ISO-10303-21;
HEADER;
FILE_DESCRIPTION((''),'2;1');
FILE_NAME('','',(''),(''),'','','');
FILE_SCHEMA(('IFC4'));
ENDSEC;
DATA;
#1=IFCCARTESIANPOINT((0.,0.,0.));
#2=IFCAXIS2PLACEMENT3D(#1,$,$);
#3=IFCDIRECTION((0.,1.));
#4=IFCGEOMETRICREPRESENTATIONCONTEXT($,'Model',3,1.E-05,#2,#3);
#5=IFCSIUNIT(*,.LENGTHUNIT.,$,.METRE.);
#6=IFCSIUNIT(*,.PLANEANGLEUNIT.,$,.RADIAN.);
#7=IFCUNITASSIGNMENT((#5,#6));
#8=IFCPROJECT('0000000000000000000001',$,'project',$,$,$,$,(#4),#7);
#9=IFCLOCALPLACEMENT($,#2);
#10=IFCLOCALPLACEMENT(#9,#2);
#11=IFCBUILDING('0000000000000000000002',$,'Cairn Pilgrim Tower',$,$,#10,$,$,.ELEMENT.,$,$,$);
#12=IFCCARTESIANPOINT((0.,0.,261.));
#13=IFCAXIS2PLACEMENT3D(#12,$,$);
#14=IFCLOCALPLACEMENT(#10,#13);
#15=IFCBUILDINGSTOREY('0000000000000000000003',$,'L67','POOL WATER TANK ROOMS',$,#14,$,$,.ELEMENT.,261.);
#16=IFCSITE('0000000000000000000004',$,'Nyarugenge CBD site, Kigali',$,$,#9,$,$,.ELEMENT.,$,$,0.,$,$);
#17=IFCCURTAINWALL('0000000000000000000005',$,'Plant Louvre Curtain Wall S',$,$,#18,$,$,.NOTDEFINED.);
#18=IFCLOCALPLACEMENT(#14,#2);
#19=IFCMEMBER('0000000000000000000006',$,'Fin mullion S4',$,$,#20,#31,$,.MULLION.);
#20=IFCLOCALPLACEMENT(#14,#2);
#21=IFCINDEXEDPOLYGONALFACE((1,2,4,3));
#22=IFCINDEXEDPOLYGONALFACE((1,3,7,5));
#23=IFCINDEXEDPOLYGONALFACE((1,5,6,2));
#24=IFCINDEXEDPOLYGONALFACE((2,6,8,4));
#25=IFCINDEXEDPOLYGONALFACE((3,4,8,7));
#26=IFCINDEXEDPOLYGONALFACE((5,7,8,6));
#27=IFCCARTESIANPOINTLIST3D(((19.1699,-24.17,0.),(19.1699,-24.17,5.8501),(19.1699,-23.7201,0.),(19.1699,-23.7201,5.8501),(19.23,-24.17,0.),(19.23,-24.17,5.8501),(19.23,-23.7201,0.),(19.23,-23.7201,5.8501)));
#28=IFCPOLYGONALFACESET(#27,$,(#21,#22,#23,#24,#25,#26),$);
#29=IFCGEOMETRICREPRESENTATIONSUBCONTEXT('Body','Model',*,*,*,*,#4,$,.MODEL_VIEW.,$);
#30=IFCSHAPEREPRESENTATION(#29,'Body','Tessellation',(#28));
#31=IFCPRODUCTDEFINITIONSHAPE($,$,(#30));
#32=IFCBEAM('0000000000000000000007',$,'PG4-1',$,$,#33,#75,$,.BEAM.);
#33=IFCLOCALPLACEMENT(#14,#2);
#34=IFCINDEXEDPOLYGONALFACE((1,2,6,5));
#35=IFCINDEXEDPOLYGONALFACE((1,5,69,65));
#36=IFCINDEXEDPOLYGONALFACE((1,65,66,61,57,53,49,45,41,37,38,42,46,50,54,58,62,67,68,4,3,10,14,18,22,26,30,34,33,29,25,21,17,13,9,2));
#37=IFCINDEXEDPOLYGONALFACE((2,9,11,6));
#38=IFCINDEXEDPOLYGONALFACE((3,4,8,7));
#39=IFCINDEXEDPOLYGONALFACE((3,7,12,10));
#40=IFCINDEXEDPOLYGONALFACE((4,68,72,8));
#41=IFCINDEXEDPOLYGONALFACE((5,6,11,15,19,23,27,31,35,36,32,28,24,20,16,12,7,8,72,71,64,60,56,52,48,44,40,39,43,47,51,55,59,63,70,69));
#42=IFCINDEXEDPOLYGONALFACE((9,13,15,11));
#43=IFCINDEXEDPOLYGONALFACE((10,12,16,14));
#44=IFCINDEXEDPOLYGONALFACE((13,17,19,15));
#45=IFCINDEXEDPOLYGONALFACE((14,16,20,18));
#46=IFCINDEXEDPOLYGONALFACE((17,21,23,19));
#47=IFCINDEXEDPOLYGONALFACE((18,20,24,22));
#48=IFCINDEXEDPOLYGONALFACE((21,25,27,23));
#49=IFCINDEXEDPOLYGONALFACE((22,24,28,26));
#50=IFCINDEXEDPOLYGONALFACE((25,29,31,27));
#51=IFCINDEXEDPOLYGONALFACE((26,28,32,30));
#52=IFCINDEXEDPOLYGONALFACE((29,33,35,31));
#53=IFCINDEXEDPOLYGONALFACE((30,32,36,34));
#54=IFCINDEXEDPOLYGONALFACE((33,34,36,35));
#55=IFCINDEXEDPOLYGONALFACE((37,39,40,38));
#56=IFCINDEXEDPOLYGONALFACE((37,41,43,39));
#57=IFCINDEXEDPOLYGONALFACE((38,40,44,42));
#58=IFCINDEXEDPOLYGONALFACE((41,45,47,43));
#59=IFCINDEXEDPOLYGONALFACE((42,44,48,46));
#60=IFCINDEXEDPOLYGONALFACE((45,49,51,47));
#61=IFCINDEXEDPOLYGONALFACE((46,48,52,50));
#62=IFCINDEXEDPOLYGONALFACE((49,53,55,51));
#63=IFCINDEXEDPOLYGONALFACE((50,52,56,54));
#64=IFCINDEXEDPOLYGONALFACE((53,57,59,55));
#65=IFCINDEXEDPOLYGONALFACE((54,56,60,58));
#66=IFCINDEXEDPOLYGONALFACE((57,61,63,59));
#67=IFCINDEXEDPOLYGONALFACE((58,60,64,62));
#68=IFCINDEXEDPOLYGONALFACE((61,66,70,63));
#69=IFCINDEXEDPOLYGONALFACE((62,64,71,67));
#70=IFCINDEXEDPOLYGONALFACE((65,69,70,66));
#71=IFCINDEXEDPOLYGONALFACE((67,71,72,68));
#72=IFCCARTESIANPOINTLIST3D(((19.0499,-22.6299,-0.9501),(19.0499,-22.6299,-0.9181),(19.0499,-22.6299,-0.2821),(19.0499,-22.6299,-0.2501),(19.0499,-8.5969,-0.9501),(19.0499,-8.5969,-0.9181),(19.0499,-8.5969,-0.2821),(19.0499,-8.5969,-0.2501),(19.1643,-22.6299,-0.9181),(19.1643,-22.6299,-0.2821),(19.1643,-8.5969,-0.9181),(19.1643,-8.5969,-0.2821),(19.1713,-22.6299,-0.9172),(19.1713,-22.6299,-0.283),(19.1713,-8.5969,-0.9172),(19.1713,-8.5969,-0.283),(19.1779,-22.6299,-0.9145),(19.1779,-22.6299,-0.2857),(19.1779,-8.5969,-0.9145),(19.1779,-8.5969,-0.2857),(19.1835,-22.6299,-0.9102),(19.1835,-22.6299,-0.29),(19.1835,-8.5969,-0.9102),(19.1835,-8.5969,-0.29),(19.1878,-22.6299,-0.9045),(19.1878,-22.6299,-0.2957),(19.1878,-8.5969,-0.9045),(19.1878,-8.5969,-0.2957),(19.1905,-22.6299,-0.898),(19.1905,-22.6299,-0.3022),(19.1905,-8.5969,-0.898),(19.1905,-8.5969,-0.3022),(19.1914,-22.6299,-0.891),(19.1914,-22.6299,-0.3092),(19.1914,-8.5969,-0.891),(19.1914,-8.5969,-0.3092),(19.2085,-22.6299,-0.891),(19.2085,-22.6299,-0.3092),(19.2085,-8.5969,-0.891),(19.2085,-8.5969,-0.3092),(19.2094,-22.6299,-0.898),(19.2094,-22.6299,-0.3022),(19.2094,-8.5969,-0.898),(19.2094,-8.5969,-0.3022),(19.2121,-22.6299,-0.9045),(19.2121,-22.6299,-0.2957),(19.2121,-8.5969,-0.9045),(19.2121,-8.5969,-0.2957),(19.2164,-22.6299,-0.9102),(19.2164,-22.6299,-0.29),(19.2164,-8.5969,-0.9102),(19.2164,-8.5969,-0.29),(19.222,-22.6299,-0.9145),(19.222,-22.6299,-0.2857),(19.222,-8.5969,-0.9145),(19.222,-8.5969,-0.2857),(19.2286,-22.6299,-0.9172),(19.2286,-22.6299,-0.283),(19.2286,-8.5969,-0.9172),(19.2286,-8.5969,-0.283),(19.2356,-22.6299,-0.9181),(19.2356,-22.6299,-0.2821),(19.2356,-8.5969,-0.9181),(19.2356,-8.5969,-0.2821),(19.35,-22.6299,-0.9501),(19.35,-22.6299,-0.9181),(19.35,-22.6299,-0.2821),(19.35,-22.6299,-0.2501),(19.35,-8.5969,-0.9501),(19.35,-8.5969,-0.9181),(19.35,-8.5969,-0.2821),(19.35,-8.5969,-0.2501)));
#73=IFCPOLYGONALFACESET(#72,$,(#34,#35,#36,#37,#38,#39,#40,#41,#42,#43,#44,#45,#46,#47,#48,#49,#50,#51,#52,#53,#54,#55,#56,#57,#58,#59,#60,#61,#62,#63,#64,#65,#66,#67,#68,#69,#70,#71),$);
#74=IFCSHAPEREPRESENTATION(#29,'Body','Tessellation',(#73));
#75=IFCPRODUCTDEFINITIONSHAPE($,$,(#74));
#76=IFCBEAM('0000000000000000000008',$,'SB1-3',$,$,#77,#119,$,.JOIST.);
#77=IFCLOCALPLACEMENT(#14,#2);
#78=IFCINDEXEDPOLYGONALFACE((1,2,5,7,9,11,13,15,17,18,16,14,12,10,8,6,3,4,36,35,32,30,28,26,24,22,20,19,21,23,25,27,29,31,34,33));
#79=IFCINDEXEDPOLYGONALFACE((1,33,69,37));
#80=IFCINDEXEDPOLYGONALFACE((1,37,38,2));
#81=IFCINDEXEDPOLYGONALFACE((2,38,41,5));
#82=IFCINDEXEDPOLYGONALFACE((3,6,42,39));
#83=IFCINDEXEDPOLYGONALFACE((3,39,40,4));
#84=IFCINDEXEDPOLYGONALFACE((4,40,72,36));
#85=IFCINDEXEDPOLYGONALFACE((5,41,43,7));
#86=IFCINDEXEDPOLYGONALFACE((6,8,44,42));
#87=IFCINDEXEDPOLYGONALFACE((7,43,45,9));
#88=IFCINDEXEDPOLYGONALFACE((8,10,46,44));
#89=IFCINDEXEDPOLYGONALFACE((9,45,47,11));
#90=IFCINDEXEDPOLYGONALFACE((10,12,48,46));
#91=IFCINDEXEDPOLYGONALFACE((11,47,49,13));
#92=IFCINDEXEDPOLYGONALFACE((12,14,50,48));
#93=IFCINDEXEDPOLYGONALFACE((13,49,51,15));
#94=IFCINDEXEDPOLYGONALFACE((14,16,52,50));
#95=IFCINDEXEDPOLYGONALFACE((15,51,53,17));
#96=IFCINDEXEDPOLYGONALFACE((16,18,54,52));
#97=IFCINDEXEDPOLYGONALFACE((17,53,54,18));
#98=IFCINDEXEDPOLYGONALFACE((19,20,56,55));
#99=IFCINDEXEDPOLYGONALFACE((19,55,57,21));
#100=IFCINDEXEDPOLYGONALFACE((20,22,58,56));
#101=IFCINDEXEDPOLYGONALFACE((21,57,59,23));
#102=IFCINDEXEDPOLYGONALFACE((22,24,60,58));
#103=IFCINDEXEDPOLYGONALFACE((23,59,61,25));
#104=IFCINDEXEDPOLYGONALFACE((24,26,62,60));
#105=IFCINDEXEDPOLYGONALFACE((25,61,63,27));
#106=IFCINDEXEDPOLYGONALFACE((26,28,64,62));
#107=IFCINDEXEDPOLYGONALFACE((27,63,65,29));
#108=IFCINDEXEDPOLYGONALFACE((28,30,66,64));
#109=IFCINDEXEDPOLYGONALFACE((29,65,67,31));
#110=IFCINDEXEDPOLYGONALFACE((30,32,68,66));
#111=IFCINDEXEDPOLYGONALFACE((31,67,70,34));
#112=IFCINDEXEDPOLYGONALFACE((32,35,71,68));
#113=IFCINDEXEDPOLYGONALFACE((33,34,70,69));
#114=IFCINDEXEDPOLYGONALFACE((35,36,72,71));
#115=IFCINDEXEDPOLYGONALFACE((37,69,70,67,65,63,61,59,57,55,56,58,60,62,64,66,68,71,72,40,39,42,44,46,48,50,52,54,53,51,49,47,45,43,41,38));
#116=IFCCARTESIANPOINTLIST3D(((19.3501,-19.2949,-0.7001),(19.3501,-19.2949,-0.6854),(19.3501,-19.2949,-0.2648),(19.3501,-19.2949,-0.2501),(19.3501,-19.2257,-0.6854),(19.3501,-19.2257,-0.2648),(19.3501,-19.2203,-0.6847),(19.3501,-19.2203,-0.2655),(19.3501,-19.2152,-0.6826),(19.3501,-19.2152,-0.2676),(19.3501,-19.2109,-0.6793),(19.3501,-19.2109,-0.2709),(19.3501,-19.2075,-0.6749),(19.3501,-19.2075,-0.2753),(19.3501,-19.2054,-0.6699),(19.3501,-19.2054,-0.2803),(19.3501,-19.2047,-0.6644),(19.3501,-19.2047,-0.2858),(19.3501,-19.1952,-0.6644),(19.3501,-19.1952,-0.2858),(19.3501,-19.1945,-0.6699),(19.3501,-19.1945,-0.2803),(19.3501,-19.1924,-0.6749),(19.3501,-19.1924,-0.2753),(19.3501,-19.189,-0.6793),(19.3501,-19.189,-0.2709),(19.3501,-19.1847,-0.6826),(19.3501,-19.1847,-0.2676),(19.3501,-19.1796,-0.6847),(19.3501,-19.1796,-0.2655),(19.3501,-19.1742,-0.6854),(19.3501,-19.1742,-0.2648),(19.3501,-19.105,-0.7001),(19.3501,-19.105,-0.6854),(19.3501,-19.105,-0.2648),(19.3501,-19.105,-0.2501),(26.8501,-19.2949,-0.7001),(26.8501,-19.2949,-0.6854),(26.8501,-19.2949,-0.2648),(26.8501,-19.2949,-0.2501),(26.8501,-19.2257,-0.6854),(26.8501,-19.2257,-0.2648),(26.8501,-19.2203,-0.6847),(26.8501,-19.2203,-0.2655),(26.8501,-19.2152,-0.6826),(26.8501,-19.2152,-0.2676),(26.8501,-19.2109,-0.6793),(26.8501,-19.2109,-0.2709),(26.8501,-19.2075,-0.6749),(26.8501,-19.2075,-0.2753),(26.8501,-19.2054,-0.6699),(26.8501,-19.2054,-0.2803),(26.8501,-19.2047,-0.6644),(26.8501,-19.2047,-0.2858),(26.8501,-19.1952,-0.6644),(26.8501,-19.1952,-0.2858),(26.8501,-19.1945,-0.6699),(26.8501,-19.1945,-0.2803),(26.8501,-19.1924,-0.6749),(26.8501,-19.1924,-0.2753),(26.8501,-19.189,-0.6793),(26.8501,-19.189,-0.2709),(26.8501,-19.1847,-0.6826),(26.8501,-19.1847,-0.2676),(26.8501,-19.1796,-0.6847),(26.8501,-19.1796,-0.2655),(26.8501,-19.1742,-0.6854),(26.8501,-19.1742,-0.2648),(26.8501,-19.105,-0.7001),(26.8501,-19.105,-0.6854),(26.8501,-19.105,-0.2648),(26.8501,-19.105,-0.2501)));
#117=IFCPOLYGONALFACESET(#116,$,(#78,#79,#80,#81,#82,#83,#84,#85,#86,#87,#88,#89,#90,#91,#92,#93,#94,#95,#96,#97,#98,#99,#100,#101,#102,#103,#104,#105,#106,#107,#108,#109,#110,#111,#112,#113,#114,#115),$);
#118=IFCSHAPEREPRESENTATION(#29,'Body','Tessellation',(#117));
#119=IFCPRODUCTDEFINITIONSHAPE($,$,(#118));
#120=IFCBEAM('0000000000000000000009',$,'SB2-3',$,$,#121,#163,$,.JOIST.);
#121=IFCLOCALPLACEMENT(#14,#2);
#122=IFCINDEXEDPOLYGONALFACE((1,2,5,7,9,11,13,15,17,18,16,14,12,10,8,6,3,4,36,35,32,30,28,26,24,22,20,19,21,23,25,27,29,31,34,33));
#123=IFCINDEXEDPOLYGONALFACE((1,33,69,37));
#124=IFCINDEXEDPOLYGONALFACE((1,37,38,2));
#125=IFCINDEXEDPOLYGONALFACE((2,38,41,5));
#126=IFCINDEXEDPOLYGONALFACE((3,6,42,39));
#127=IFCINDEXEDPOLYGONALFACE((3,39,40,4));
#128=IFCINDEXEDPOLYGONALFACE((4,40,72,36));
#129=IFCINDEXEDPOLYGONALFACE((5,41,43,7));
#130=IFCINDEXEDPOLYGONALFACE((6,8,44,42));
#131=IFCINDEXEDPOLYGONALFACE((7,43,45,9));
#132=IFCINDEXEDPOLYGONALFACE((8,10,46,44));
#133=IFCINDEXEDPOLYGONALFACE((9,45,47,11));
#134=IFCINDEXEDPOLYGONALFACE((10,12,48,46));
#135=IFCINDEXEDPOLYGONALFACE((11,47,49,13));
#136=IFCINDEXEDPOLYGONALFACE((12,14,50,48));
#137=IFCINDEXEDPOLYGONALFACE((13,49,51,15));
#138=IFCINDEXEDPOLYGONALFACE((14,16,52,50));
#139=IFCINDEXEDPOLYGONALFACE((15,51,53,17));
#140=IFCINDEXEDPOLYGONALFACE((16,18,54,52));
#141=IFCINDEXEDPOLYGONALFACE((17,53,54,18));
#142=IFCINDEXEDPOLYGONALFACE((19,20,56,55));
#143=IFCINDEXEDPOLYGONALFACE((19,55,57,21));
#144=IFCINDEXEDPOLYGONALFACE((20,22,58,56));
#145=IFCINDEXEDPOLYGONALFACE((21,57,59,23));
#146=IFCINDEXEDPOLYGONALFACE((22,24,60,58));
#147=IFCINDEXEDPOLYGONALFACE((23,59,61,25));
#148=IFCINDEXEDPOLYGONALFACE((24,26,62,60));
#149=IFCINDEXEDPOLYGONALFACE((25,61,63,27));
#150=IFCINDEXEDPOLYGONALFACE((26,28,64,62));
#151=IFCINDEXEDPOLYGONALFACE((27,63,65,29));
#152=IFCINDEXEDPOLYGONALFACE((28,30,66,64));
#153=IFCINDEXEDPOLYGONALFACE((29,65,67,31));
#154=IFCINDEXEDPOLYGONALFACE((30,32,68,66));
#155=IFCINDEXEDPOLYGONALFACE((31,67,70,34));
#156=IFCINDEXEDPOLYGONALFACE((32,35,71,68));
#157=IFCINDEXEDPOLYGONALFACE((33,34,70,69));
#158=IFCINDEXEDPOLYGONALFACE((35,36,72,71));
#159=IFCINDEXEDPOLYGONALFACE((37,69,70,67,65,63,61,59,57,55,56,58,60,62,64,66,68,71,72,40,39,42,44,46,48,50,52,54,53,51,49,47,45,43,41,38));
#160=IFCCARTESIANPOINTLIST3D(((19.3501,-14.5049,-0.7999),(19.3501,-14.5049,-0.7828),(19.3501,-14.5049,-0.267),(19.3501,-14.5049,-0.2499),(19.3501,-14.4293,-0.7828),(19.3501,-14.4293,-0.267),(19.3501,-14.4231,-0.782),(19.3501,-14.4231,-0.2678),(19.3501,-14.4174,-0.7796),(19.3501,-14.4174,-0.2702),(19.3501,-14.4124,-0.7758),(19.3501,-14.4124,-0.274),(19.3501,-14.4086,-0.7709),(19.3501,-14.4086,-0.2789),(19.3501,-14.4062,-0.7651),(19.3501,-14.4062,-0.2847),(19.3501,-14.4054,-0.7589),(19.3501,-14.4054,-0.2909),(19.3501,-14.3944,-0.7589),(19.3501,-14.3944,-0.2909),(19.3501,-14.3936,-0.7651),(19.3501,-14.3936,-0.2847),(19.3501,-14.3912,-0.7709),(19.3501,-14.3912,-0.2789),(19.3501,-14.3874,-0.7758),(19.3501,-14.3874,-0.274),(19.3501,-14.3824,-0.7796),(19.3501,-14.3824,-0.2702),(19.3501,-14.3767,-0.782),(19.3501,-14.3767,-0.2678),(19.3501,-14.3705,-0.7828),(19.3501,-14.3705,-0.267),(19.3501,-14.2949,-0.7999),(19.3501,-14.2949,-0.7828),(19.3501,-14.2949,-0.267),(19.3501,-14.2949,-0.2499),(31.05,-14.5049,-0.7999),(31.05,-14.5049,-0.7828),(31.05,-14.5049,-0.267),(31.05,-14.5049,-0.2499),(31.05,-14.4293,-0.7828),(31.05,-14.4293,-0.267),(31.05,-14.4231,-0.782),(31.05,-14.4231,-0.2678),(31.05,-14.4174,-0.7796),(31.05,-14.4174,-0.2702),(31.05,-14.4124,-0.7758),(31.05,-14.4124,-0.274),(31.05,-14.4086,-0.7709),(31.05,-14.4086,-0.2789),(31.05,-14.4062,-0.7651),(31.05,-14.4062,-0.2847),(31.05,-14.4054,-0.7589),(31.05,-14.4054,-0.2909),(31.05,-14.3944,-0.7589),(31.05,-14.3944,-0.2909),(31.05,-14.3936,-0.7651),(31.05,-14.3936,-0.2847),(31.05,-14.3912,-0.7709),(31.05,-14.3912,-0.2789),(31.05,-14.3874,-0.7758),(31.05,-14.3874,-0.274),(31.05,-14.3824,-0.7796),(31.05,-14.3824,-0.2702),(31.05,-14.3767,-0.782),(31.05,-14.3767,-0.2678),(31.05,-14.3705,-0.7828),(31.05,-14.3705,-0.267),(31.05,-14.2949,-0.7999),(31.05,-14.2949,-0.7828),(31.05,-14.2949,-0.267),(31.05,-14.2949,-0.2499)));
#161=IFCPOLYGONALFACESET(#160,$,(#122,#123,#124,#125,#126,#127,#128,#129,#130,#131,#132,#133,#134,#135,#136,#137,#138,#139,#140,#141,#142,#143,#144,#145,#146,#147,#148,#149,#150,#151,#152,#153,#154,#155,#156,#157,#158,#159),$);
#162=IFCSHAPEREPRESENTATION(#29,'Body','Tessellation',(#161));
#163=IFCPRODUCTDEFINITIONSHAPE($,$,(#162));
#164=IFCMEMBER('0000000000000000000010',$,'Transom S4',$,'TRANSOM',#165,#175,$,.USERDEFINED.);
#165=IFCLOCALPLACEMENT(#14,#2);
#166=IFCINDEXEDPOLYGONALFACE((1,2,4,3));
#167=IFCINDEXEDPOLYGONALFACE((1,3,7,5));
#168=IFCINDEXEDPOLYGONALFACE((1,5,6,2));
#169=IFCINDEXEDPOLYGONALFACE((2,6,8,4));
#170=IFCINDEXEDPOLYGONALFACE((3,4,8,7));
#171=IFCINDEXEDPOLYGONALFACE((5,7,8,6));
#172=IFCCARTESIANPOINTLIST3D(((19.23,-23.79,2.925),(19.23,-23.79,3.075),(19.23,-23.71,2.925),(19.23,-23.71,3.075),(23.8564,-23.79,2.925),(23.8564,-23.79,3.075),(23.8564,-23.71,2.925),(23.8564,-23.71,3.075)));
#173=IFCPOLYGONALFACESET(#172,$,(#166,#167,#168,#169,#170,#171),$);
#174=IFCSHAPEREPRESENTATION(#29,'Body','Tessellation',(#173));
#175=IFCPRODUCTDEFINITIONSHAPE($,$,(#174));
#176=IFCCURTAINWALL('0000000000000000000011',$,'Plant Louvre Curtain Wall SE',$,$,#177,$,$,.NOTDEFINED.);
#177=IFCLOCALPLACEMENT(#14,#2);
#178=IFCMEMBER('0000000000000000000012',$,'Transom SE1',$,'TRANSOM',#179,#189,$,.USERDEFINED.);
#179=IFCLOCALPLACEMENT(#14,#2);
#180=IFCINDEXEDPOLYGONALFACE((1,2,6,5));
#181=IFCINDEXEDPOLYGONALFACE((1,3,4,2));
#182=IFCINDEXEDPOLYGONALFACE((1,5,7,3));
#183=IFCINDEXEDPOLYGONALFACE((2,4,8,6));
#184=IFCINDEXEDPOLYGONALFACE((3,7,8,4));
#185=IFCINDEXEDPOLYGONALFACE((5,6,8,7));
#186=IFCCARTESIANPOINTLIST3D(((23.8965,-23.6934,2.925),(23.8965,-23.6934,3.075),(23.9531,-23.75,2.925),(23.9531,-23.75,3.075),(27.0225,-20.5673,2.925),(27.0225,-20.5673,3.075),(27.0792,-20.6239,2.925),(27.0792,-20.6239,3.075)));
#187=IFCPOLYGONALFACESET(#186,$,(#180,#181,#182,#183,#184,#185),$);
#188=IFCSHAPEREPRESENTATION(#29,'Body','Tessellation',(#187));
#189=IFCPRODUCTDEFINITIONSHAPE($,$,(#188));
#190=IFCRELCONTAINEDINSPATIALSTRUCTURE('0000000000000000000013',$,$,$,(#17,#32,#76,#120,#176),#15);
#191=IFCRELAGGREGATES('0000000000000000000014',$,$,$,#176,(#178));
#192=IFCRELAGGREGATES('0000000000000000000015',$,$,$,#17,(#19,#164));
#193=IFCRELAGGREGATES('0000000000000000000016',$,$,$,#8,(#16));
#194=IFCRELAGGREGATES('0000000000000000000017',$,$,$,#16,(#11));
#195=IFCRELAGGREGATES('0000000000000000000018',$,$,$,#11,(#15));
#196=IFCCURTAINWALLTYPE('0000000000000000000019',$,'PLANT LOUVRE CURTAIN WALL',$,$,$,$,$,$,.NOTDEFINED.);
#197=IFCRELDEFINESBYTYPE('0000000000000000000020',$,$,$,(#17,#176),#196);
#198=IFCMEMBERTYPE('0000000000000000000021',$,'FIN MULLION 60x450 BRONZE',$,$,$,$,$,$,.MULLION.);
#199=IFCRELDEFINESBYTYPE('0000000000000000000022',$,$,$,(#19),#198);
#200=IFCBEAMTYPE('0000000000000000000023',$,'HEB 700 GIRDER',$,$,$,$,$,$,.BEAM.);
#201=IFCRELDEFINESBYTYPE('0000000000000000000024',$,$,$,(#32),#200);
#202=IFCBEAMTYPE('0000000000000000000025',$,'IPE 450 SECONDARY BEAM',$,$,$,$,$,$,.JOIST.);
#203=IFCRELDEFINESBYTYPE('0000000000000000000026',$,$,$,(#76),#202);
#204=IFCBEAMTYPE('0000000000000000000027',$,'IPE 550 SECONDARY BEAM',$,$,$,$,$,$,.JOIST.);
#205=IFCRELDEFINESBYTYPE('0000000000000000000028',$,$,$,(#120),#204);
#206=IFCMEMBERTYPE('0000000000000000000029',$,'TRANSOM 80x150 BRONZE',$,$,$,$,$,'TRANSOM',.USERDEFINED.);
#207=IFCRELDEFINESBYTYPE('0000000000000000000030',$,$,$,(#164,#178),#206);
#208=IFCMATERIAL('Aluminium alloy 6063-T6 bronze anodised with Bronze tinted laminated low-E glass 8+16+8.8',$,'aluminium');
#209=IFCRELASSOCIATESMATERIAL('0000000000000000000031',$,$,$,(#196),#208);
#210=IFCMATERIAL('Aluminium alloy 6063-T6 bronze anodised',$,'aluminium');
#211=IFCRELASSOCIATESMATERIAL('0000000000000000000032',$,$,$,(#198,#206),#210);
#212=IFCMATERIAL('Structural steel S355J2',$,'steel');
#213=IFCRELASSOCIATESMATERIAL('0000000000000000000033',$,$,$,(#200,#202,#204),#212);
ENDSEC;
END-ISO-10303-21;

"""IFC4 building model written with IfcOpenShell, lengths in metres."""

from ifc_helpers import new_model, si_unit, direction, frame, origin, origin_2d, place, context, subcontext, project, spatial, rectangle, i_section, extrude, material, material_profile, profile_set, type_object, element, aggregate, save


model = new_model("IFC4")

# Units and contexts
model_context = context("Model", 3, precision=1e-05, world=origin(), true_north=direction((0.0, 1.0)))
body_context = subcontext(model_context, "Body", "Model", "MODEL_VIEW")
ifc_project = project(units=[si_unit("LENGTHUNIT", "METRE"), si_unit("PLANEANGLEUNIT", "RADIAN")], contexts=[model_context])

# Site, building, storey
site_placement = place(None, origin())
site = spatial("IfcSite", under=ifc_project, at=site_placement, Name="Nyarugenge CBD site, Kigali", CompositionType="ELEMENT", RefElevation=0.0)
building_placement = place(site_placement, origin())
building = spatial("IfcBuilding", under=site, at=building_placement, Name="Cairn Pilgrim Tower", CompositionType="ELEMENT")
storey_placement = place(building_placement, frame((0.0, 0.0, 261.0)))
storey = spatial("IfcBuildingStorey", under=building, at=storey_placement, Name="L67", Description="POOL WATER TANK ROOMS", CompositionType="ELEMENT", Elevation=261.0)

# Shared definitions
ifc_material_1 = material(Name="Structural steel S355J2", Category="steel")

# Curtain wall, member
ifc_material_2 = material(Name="Aluminium alloy 6063-T6 bronze anodised with Bronze tinted laminated low-E glass 8+16+8.8", Category="aluminium")
curtain_wall_type = type_object("IfcCurtainWallType", Name="PLANT LOUVRE CURTAIN WALL", PredefinedType="NOTDEFINED", material=ifc_material_2)
curtain_wall_1_placement = place(storey_placement, origin())
curtain_wall_1 = element("IfcCurtainWall", 1, at=curtain_wall_1_placement, inside=storey, type_object=curtain_wall_type, Name="Plant Louvre Curtain Wall S", PredefinedType="NOTDEFINED")
ifc_material_3 = material(Name="Aluminium alloy 6063-T6 bronze anodised", Category="aluminium")
ifc_material_profile_1 = material_profile(ifc_material_3, rectangle(XDim=0.45, YDim=0.0601, at=origin_2d()), Name="FIN MULLION 60x450 BRONZE")
ifc_profile_set_1 = profile_set([ifc_material_profile_1], Name="Aluminium alloy 6063-T6 bronze anodised")
member_type_1 = type_object("IfcMemberType", Name="FIN MULLION 60x450 BRONZE", PredefinedType="MULLION", material=ifc_profile_set_1)
member_1_placement = place(storey_placement, frame((19.2, -23.9451, 0.0), z_axis=(0.0, 0.0, 1.0), x_axis=(0.0, -1.0, 0.0)))
member_1 = element("IfcMember", 2, at=member_1_placement, type_object=member_type_1, Name="Fin mullion S4", PredefinedType="MULLION", context=body_context, shape_type="SweptSolid", body=[
    extrude(rectangle(XDim=0.45, YDim=0.0601, at=origin_2d()), origin(), (0.0, 0.0, 1.0), 5.8501),
])

# Beams
ifc_material_profile_2 = material_profile(ifc_material_1, i_section(OverallWidth=0.3, OverallDepth=0.7, WebThickness=0.0171, FlangeThickness=0.032, FilletRadius=0.0271, at=origin_2d()), Name="HEB 700")
ifc_profile_set_2 = profile_set([ifc_material_profile_2], Name="Structural steel S355J2")
beam_type_1 = type_object("IfcBeamType", Name="HEB 700 GIRDER", PredefinedType="BEAM", material=ifc_profile_set_2)
beam_1_placement = place(storey_placement, frame((19.2, -22.6299, -0.6001), z_axis=(0.0, 1.0, 0.0), x_axis=(-1.0, 0.0, 0.0)))
element("IfcBeam", 3, at=beam_1_placement, inside=storey, type_object=beam_type_1, Name="PG4-1", PredefinedType="BEAM", context=body_context, shape_type="SweptSolid", body=[
    extrude(i_section(OverallWidth=0.3, OverallDepth=0.7, WebThickness=0.0171, FlangeThickness=0.032, FilletRadius=0.0271, at=origin_2d()), origin(), (0.0, 0.0, 1.0), 14.033),
])
ifc_material_profile_3 = material_profile(ifc_material_1, i_section(OverallWidth=0.1899, OverallDepth=0.45, WebThickness=0.0095, FlangeThickness=0.0146, FilletRadius=0.021, at=origin_2d()), Name="IPE 450")
ifc_profile_set_3 = profile_set([ifc_material_profile_3], Name="Structural steel S355J2")
beam_type_2 = type_object("IfcBeamType", Name="IPE 450 SECONDARY BEAM", PredefinedType="JOIST", material=ifc_profile_set_3)
beam_2_placement = place(storey_placement, frame((19.3501, -19.2, -0.4751), z_axis=(1.0, 0.0, 0.0), x_axis=(0.0, 1.0, 0.0)))
element("IfcBeam", 4, at=beam_2_placement, inside=storey, type_object=beam_type_2, Name="SB1-3", PredefinedType="JOIST", context=body_context, shape_type="SweptSolid", body=[
    extrude(i_section(OverallWidth=0.1899, OverallDepth=0.45, WebThickness=0.0095, FlangeThickness=0.0146, FilletRadius=0.021, at=origin_2d()), origin(), (0.0, 0.0, 1.0), 7.5),
])
ifc_material_profile_4 = material_profile(ifc_material_1, i_section(OverallWidth=0.21, OverallDepth=0.55, WebThickness=0.011, FlangeThickness=0.0171, FilletRadius=0.0239, at=origin_2d()), Name="IPE 550")
ifc_profile_set_4 = profile_set([ifc_material_profile_4], Name="Structural steel S355J2")
beam_type_3 = type_object("IfcBeamType", Name="IPE 550 SECONDARY BEAM", PredefinedType="JOIST", material=ifc_profile_set_4)
beam_3_placement = place(storey_placement, frame((19.3501, -14.3999, -0.5249), z_axis=(1.0, 0.0, 0.0), x_axis=(0.0, 1.0, 0.0)))
element("IfcBeam", 5, at=beam_3_placement, inside=storey, type_object=beam_type_3, Name="SB2-3", PredefinedType="JOIST", context=body_context, shape_type="SweptSolid", body=[
    extrude(i_section(OverallWidth=0.21, OverallDepth=0.55, WebThickness=0.011, FlangeThickness=0.0171, FilletRadius=0.0239, at=origin_2d()), origin(), (0.0, 0.0, 1.0), 11.7),
])

# Member
ifc_material_profile_5 = material_profile(ifc_material_3, rectangle(XDim=0.0801, YDim=0.1499, at=origin_2d()), Name="TRANSOM 80x150 BRONZE")
ifc_profile_set_5 = profile_set([ifc_material_profile_5], Name="Aluminium alloy 6063-T6 bronze anodised")
member_type_2 = type_object("IfcMemberType", Name="TRANSOM 80x150 BRONZE", ElementType="TRANSOM", PredefinedType="USERDEFINED", material=ifc_profile_set_5)
member_2_placement = place(storey_placement, frame((19.23, -23.75, 3.0), z_axis=(1.0, 0.0, 0.0), x_axis=(0.0, 1.0, 0.0)))
member_2 = element("IfcMember", 6, at=member_2_placement, type_object=member_type_2, Name="Transom S4", ObjectType="TRANSOM", PredefinedType="USERDEFINED", context=body_context, shape_type="SweptSolid", body=[
    extrude(rectangle(XDim=0.0801, YDim=0.1499, at=origin_2d()), origin(), (0.0, 0.0, 1.0), 4.6265),
])

# Curtain wall, member
curtain_wall_2_placement = place(storey_placement, origin())
curtain_wall_2 = element("IfcCurtainWall", 7, at=curtain_wall_2_placement, inside=storey, type_object=curtain_wall_type, Name="Plant Louvre Curtain Wall SE", PredefinedType="NOTDEFINED")
member_3_placement = place(storey_placement, frame((23.9248, -23.7217, 3.0), z_axis=(0.707107, 0.707107, 0.0), x_axis=(-0.707107, 0.707107, 0.0)))
member_3 = element("IfcMember", 8, at=member_3_placement, type_object=member_type_2, Name="Transom SE1", ObjectType="TRANSOM", PredefinedType="USERDEFINED", context=body_context, shape_type="SweptSolid", body=[
    extrude(rectangle(XDim=0.0801, YDim=0.1499, at=origin_2d()), origin(), (0.0, 0.0, 1.0), 4.4209),
])
aggregate(curtain_wall_2, [member_3])

aggregate(curtain_wall_1, [member_1, member_2])

save(model, "model.ifc")
